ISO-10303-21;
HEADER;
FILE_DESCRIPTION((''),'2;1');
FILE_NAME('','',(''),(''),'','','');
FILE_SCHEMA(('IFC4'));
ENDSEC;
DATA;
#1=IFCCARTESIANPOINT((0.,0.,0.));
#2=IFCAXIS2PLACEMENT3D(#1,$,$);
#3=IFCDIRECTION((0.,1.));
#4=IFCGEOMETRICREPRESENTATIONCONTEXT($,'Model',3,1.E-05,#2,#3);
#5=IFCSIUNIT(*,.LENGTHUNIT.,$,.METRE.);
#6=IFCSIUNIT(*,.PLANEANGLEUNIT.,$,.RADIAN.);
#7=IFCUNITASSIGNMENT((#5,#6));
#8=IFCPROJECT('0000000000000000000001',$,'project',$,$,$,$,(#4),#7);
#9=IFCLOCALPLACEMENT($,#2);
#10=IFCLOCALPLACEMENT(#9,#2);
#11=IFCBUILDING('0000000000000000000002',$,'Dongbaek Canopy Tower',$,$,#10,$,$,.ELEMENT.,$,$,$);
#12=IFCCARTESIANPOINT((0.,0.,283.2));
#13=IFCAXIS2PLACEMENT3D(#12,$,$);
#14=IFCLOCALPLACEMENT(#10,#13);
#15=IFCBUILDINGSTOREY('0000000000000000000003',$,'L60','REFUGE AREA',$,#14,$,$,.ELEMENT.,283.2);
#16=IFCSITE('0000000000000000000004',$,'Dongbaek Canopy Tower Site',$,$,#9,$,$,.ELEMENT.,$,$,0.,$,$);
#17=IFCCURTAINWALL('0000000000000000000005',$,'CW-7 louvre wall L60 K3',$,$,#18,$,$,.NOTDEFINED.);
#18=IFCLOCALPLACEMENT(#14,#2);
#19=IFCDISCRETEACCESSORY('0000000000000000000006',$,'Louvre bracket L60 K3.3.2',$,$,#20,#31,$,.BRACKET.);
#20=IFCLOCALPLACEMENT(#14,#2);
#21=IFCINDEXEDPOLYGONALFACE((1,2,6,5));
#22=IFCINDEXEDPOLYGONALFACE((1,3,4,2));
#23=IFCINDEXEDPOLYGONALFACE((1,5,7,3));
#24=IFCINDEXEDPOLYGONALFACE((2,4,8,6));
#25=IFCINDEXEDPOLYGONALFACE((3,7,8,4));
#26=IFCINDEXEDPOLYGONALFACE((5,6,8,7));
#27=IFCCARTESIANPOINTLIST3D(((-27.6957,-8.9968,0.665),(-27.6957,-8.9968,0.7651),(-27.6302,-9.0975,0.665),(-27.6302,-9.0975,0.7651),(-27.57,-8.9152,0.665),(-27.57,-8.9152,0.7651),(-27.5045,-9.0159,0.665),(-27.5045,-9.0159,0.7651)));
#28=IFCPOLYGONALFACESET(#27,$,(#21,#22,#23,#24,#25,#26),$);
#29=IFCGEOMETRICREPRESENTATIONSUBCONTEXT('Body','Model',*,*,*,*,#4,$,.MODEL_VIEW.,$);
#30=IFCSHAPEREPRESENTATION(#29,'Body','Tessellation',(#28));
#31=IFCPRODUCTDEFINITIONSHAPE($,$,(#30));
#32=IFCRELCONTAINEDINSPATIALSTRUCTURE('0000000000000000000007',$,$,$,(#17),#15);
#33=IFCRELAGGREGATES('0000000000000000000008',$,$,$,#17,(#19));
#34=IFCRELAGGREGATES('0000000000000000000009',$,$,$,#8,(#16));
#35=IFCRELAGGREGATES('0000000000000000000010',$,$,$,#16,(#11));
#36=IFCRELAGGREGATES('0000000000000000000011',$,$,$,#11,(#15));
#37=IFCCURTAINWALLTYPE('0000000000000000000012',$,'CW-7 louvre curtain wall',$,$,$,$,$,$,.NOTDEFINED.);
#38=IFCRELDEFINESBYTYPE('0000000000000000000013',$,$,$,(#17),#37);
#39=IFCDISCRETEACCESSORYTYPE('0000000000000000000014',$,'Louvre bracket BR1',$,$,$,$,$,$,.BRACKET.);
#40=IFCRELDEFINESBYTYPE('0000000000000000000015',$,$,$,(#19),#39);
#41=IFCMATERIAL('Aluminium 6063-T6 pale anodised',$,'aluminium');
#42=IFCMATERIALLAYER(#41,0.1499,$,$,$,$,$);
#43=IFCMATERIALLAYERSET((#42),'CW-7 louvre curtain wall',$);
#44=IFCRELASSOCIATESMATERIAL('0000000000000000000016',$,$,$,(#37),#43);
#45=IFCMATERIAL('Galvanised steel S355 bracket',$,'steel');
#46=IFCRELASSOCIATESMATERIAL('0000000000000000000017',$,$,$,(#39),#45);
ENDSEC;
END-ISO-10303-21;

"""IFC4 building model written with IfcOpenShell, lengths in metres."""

from ifc_helpers import new_model, si_unit, direction, frame, origin, origin_2d, place, context, subcontext, project, spatial, rectangle, extrude, material, layer, layer_set, type_object, element, aggregate, save


model = new_model("IFC4")

# Units and contexts
model_context = context("Model", 3, precision=1e-05, world=origin(), true_north=direction((0.0, 1.0)))
body_context = subcontext(model_context, "Body", "Model", "MODEL_VIEW")
ifc_project = project(units=[si_unit("LENGTHUNIT", "METRE"), si_unit("PLANEANGLEUNIT", "RADIAN")], contexts=[model_context])

# Site, building, storey
site_placement = place(None, origin())
site = spatial("IfcSite", under=ifc_project, at=site_placement, Name="Dongbaek Canopy Tower Site", CompositionType="ELEMENT", RefElevation=0.0)
building_placement = place(site_placement, origin())
building = spatial("IfcBuilding", under=site, at=building_placement, Name="Dongbaek Canopy Tower", CompositionType="ELEMENT")
storey_placement = place(building_placement, frame((0.0, 0.0, 283.2)))
storey = spatial("IfcBuildingStorey", under=building, at=storey_placement, Name="L60", Description="REFUGE AREA", CompositionType="ELEMENT", Elevation=283.2)

# Shared definitions
ifc_material_1 = material(Name="Aluminium 6063-T6 pale anodised", Category="aluminium")
ifc_layer_1 = layer(ifc_material_1, 0.1499)
ifc_layer_set_1 = layer_set([ifc_layer_1], Name="CW-7 louvre curtain wall")
curtain_wall_type = type_object("IfcCurtainWallType", Name="CW-7 louvre curtain wall", PredefinedType="NOTDEFINED", material=ifc_layer_set_1)

# Curtain wall
curtain_wall_1_placement = place(storey_placement, origin())
curtain_wall_1 = element("IfcCurtainWall", 1, at=curtain_wall_1_placement, inside=storey, type_object=curtain_wall_type, Name="CW-7 louvre wall L60 K3", PredefinedType="NOTDEFINED")

# Discrete accessory
ifc_material_2 = material(Name="Galvanised steel S355 bracket", Category="steel")
discrete_accessory_type = type_object("IfcDiscreteAccessoryType", Name="Louvre bracket BR1", PredefinedType="BRACKET", material=ifc_material_2)
discrete_accessory_1_placement = place(storey_placement, frame((-27.6001, -9.0063, 0.665), z_axis=(0.0, 0.0, 1.0), x_axis=(0.54473, -0.838611, 0.0)))
discrete_accessory_1 = element("IfcDiscreteAccessory", 2, at=discrete_accessory_1_placement, type_object=discrete_accessory_type, Name="Louvre bracket L60 K3.3.2", PredefinedType="BRACKET", context=body_context, shape_type="SweptSolid", body=[
    extrude(rectangle(XDim=0.1201, YDim=0.1499, at=origin_2d()), origin(), (0.0, 0.0, 1.0), 0.1001),
])
aggregate(curtain_wall_1, [discrete_accessory_1])

save(model, "model.ifc")
